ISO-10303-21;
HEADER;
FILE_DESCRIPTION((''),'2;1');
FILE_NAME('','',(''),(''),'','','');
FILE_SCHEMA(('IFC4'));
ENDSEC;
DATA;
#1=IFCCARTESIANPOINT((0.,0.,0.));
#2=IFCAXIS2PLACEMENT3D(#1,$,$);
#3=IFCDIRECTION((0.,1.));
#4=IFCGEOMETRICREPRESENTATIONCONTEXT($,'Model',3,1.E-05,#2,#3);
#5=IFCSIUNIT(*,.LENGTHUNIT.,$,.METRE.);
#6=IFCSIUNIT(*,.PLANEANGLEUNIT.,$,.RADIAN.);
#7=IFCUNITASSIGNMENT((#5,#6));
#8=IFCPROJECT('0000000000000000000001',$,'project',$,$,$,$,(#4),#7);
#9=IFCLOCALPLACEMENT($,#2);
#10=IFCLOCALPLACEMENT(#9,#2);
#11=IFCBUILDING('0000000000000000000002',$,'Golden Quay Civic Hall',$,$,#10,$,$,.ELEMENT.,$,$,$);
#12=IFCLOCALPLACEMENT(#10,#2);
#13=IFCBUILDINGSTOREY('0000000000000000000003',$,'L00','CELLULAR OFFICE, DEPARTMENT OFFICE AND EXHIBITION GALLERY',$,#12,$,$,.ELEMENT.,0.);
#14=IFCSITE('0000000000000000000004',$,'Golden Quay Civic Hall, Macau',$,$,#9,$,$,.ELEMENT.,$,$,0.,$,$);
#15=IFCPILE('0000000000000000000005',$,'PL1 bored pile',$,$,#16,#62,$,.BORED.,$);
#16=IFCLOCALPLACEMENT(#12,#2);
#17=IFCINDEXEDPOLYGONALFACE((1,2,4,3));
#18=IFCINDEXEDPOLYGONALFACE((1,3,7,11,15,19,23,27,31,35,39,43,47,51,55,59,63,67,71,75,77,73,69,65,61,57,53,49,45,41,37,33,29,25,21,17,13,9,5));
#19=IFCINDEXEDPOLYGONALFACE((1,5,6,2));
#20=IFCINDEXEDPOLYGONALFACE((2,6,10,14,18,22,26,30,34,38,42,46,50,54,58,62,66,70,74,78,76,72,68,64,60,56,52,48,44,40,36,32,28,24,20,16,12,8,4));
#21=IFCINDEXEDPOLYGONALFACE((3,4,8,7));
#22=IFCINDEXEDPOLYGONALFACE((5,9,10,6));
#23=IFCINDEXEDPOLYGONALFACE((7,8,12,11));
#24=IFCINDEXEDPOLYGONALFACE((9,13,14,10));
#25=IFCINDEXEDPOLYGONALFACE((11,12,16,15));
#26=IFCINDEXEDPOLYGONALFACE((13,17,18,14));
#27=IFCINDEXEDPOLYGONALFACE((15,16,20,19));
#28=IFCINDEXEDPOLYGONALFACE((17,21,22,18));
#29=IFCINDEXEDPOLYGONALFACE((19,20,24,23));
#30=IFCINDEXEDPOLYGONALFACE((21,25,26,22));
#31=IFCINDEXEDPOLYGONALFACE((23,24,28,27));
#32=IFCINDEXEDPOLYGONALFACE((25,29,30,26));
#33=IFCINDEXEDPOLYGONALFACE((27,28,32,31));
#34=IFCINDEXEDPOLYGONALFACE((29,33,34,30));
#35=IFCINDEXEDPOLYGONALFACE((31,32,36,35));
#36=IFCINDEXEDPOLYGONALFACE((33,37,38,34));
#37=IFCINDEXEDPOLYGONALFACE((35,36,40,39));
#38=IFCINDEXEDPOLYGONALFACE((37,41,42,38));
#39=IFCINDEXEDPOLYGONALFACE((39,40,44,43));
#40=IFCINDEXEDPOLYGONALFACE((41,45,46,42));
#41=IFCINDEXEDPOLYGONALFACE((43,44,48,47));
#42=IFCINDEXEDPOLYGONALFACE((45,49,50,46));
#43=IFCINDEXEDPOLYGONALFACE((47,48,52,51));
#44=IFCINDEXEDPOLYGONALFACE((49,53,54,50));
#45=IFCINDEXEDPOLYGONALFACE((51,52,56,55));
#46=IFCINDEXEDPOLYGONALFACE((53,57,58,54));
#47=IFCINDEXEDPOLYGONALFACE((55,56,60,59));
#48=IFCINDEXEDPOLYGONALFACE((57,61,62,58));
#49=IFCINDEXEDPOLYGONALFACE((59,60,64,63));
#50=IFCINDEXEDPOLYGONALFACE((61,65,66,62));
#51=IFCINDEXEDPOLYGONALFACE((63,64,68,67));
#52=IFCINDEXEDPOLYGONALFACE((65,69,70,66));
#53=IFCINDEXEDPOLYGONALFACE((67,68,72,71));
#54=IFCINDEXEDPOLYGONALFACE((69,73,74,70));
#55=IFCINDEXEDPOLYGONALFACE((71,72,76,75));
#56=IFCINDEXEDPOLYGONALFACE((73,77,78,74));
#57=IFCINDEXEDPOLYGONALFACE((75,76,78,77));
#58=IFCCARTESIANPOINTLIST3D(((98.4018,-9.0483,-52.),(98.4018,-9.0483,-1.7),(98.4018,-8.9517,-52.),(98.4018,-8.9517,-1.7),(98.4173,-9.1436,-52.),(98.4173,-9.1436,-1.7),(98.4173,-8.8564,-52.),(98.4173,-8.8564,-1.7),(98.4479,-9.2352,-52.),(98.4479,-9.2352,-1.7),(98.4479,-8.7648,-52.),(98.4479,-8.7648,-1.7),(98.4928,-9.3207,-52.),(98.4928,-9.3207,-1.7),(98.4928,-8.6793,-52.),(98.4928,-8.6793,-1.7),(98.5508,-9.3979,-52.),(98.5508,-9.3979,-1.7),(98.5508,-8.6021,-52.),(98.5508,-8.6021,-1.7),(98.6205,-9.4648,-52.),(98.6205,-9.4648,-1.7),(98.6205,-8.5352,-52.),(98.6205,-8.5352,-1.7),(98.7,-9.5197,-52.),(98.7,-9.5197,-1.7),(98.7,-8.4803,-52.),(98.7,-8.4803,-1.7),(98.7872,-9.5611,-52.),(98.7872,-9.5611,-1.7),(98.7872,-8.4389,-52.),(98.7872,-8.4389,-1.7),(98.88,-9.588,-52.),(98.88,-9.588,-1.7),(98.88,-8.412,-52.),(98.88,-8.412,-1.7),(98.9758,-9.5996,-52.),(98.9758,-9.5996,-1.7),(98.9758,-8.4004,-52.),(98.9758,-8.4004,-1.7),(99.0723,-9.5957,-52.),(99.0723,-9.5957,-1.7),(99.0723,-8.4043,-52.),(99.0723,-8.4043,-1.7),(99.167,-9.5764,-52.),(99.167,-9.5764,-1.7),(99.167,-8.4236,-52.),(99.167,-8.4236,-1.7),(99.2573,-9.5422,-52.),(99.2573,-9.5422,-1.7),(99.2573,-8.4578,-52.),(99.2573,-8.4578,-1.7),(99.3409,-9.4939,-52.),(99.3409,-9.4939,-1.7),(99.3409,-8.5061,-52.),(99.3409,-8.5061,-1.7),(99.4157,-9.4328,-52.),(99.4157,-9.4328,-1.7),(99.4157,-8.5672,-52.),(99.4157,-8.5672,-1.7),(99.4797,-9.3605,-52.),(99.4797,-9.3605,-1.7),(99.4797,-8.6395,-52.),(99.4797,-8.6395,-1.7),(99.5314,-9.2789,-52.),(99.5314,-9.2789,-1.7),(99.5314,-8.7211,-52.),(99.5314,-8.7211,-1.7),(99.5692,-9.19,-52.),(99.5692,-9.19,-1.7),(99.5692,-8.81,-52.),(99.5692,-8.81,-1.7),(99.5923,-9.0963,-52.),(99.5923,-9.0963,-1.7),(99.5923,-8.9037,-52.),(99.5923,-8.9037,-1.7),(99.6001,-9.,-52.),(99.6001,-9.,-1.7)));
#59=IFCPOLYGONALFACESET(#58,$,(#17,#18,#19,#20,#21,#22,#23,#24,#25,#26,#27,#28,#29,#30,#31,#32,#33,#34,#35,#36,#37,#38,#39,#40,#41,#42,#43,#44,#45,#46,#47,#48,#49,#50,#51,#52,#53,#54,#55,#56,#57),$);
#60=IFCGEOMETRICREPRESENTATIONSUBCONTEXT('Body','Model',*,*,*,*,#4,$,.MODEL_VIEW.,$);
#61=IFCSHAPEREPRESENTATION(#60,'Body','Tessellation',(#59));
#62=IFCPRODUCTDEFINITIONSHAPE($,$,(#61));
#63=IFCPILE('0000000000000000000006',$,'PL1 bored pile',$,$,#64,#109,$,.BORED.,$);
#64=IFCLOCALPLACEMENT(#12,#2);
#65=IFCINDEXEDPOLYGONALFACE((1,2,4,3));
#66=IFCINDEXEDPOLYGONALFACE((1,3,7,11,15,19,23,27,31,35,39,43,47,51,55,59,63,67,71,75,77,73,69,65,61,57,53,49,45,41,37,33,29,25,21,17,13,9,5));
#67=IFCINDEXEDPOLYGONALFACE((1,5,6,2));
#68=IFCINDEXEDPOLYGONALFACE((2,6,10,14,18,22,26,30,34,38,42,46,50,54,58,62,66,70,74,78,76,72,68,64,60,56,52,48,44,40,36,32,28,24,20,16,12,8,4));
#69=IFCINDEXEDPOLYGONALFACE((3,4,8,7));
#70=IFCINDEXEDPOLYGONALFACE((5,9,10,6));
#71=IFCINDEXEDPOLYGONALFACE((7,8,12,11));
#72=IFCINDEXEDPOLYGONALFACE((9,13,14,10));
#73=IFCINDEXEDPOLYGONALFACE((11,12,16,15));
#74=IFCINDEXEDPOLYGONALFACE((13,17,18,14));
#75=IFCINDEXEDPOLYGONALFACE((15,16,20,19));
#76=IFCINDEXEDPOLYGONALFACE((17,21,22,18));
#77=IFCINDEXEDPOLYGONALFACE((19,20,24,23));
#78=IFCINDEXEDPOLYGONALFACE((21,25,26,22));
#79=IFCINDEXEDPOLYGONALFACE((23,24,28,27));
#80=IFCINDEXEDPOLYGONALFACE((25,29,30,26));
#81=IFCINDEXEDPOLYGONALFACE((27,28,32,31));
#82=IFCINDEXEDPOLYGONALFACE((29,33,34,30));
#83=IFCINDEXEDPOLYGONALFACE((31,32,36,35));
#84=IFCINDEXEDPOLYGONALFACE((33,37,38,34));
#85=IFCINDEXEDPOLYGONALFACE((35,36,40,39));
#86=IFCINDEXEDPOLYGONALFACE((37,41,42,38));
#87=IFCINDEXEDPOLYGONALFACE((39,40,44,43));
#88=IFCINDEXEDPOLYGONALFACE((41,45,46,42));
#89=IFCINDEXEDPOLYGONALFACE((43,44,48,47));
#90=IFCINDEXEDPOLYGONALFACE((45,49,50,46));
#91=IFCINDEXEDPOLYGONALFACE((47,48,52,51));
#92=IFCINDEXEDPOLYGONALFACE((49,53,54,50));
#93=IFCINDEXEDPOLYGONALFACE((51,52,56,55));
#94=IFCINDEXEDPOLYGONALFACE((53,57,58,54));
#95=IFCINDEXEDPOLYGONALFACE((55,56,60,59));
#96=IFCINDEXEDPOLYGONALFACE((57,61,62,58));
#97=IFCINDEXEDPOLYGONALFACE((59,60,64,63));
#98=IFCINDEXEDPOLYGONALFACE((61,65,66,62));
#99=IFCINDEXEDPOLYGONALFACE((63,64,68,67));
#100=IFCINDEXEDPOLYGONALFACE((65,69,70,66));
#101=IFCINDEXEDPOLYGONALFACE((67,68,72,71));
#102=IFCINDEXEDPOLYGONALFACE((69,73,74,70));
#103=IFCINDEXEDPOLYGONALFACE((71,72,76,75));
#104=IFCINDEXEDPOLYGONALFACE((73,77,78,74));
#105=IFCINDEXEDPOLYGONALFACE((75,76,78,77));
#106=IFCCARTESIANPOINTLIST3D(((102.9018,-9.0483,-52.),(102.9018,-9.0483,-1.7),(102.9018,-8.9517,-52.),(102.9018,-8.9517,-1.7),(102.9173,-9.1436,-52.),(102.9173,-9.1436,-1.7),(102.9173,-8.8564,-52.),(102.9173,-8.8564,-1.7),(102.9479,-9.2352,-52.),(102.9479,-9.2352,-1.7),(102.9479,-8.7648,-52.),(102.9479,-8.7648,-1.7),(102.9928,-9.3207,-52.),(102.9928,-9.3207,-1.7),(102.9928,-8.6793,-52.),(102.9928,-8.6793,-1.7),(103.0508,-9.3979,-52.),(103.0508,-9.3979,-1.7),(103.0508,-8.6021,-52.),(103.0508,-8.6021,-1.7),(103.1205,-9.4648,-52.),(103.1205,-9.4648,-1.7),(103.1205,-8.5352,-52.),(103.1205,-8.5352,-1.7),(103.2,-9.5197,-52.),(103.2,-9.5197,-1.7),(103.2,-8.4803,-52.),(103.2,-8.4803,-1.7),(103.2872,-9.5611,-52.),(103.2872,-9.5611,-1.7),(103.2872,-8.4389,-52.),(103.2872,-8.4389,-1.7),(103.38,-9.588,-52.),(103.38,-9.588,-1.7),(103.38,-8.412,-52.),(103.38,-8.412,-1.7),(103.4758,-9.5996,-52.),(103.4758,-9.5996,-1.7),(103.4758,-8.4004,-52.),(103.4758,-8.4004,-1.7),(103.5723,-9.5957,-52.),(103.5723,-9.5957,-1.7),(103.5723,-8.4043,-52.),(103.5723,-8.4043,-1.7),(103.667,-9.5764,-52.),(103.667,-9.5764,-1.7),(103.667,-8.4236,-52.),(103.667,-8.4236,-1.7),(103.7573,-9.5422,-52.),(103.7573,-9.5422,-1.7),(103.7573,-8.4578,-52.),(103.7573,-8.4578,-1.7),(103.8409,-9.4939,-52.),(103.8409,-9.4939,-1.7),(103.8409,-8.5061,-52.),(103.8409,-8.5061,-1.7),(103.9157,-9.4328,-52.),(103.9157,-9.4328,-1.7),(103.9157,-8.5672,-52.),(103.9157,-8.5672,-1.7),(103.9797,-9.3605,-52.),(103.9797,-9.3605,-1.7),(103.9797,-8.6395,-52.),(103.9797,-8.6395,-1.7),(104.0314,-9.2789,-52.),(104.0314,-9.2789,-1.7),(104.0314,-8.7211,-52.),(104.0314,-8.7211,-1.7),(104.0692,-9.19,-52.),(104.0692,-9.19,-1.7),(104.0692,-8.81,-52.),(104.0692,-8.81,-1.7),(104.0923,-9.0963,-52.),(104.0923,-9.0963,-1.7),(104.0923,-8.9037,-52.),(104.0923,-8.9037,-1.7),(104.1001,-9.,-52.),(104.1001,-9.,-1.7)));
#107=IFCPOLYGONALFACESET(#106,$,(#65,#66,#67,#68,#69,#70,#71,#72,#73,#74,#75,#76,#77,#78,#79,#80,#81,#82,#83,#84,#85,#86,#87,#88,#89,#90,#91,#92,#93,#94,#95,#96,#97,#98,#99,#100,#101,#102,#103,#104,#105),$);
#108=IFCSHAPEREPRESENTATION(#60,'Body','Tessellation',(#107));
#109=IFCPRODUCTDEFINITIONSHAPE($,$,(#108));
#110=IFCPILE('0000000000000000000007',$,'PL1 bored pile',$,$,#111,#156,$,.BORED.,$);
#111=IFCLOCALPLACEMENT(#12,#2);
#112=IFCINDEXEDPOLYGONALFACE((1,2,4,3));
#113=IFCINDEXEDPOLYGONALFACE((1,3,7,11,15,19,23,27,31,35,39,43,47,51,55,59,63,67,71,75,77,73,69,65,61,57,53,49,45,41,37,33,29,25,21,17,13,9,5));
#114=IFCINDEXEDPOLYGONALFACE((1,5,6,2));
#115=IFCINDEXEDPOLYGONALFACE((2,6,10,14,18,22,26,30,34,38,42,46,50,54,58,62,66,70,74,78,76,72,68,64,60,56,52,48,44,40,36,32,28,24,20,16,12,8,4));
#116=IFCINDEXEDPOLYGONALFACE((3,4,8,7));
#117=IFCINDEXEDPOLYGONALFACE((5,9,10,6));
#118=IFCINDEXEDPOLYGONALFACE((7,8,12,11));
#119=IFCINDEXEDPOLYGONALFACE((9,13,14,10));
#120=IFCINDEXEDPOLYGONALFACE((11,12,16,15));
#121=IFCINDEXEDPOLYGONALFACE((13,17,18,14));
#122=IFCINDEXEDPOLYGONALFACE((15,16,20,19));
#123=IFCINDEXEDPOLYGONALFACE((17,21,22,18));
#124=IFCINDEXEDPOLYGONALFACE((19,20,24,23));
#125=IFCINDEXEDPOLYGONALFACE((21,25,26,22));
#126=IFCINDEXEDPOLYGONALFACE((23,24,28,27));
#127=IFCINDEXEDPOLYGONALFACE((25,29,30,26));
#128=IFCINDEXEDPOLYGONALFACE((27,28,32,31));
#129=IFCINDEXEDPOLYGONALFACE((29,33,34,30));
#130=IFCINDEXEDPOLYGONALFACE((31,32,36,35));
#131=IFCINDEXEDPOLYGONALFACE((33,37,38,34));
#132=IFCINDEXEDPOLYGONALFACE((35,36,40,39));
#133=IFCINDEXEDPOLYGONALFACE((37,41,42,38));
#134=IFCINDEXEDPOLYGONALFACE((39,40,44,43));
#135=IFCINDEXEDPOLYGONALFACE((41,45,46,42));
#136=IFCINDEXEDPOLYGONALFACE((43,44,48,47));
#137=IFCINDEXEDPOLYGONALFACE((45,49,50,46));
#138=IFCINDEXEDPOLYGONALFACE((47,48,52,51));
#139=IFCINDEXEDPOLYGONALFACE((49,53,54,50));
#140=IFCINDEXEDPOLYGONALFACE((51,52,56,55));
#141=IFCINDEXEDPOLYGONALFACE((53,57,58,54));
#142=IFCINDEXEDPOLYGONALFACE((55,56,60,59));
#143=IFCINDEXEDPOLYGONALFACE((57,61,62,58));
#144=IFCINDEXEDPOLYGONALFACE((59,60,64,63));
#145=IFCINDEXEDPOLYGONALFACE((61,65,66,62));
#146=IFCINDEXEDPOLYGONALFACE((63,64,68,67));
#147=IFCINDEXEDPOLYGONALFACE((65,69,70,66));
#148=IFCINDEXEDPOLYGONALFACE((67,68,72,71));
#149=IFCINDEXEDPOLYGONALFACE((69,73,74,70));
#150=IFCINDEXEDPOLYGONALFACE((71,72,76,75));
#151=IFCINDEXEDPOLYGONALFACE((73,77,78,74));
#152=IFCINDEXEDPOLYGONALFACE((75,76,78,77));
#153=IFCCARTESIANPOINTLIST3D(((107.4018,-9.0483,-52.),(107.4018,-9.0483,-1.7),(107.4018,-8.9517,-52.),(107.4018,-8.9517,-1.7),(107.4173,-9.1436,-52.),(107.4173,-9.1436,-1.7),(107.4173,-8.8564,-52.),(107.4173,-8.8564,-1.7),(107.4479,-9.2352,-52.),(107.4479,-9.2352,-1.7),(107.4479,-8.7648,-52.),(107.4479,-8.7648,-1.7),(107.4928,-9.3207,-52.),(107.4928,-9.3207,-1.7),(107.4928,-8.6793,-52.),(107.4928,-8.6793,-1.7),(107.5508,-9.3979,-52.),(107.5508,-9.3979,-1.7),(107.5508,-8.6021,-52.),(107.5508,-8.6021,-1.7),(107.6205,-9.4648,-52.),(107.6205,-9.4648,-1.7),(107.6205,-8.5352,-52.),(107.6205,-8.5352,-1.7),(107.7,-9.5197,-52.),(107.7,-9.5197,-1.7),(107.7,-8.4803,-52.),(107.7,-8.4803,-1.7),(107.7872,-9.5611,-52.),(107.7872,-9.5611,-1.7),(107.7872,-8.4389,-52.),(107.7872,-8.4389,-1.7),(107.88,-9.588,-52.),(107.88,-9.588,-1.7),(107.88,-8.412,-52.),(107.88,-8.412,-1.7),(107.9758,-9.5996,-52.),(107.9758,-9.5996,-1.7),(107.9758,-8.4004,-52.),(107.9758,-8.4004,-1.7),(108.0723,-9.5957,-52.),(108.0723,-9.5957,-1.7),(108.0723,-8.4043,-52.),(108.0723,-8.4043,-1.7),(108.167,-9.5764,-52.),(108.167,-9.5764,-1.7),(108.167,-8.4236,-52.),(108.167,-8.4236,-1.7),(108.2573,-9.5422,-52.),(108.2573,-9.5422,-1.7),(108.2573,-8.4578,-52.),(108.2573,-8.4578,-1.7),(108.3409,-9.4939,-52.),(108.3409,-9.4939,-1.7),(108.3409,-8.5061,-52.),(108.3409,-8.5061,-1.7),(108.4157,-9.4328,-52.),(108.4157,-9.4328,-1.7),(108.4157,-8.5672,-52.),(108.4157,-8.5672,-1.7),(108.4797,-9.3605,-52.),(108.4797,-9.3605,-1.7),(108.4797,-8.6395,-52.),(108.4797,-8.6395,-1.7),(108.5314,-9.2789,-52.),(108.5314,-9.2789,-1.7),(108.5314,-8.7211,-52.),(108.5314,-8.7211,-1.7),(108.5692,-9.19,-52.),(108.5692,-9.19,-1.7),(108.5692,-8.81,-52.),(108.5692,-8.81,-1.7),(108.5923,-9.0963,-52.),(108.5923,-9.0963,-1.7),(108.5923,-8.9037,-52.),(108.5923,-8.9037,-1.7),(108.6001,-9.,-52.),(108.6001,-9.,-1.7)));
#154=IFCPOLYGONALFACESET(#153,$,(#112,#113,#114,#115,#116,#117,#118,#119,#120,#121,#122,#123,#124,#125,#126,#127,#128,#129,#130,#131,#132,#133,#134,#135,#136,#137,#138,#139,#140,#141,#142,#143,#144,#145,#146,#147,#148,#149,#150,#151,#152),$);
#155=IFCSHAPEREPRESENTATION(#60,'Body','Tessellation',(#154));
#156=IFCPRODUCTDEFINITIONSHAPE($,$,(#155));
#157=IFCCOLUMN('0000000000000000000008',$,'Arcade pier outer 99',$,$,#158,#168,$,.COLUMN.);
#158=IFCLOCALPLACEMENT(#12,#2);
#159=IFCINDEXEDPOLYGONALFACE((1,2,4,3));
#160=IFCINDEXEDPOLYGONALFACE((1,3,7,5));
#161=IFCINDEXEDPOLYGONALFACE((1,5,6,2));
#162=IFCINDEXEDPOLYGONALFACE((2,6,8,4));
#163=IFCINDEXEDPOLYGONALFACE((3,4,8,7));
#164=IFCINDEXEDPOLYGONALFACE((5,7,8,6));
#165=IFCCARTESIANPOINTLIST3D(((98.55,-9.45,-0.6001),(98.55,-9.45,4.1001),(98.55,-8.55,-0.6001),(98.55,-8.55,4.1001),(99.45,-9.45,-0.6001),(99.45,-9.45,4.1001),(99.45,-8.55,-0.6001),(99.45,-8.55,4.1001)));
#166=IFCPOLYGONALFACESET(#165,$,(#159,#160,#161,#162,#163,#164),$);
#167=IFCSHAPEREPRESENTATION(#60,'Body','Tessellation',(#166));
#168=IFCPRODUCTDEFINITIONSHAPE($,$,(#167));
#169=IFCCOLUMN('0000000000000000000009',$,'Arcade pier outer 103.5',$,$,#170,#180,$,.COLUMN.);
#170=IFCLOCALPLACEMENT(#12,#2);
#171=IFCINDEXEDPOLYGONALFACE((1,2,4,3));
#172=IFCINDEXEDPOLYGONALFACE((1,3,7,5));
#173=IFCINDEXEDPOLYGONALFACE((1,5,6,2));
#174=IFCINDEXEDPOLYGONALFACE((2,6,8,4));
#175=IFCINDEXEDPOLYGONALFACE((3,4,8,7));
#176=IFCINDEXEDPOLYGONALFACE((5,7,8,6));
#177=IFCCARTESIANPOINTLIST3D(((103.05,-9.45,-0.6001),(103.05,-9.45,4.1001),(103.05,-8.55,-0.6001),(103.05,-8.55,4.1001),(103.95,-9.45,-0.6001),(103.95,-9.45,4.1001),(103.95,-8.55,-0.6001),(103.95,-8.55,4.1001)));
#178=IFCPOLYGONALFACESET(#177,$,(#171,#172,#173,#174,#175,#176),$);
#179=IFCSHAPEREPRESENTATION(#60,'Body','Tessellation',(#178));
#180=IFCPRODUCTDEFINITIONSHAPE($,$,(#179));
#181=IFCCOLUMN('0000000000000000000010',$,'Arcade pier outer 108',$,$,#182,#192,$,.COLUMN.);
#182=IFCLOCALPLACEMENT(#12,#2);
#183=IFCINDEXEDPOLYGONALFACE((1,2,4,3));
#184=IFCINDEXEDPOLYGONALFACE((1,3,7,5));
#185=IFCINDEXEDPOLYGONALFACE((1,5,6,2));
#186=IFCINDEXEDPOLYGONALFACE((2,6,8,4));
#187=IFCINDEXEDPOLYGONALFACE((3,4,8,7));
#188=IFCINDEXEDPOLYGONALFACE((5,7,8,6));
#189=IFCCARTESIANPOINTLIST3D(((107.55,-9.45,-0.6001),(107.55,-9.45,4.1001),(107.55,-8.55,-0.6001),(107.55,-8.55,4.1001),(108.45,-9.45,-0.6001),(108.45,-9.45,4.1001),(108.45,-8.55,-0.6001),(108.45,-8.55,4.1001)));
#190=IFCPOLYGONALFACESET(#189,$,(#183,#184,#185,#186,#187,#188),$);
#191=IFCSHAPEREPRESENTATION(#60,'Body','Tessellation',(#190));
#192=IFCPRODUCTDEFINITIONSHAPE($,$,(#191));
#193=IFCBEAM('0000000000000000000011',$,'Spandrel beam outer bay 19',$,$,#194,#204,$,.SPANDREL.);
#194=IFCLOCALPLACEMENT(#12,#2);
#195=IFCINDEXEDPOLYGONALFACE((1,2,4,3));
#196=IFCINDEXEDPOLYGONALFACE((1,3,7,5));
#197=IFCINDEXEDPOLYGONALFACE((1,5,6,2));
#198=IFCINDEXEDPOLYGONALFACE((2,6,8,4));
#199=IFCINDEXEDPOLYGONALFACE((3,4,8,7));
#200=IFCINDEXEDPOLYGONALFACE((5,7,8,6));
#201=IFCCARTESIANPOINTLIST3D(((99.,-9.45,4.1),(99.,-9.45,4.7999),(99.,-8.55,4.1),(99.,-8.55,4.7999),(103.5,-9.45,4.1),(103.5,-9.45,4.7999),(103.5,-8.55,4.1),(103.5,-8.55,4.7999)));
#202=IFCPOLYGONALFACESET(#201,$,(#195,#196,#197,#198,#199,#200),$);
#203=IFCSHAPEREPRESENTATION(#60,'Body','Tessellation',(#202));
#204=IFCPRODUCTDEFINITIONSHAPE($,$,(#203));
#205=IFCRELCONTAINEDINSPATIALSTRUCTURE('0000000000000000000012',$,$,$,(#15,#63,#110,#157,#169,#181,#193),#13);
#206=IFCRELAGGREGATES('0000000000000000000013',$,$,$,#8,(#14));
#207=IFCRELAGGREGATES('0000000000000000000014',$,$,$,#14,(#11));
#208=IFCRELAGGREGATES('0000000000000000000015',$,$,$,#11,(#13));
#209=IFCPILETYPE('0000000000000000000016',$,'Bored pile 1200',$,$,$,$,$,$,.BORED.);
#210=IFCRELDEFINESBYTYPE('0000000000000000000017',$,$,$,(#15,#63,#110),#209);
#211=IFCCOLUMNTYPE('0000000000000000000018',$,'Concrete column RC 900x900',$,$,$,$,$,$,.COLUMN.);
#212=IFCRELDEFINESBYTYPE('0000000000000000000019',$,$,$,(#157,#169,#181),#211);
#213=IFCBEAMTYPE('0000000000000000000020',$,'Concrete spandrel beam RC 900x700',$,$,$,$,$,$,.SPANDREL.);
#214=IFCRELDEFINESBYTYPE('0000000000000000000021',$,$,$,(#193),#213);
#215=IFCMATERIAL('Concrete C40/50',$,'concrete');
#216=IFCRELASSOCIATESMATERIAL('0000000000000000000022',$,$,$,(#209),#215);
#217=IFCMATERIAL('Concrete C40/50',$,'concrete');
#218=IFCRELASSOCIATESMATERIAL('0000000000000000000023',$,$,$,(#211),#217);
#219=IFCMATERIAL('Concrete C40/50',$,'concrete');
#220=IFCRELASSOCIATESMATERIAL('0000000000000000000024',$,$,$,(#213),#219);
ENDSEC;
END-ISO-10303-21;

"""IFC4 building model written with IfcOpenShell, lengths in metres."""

from ifc_helpers import new_model, si_unit, direction, frame, origin, origin_2d, place, context, subcontext, project, spatial, rectangle, circle, extrude, material, material_profile, profile_set, type_object, element, save


model = new_model("IFC4")

# Units and contexts
model_context = context("Model", 3, precision=1e-05, world=origin(), true_north=direction((0.0, 1.0)))
body_context = subcontext(model_context, "Body", "Model", "MODEL_VIEW")
ifc_project = project(units=[si_unit("LENGTHUNIT", "METRE"), si_unit("PLANEANGLEUNIT", "RADIAN")], contexts=[model_context])

# Site, building, storey
site_placement = place(None, origin())
site = spatial("IfcSite", under=ifc_project, at=site_placement, Name="Golden Quay Civic Hall, Macau", CompositionType="ELEMENT", RefElevation=0.0)
building_placement = place(site_placement, origin())
building = spatial("IfcBuilding", under=site, at=building_placement, Name="Golden Quay Civic Hall", CompositionType="ELEMENT")
storey_placement = place(building_placement, origin())
storey = spatial("IfcBuildingStorey", under=building, at=storey_placement, Name="L00", Description="CELLULAR OFFICE, DEPARTMENT OFFICE AND EXHIBITION GALLERY", CompositionType="ELEMENT", Elevation=0.0)

# Piles
ifc_material_1 = material(Name="Concrete C40/50", Category="concrete")
ifc_material_profile_1 = material_profile(ifc_material_1, circle(Radius=0.6001, at=origin_2d()), Name="RC D1200")
ifc_profile_set_1 = profile_set([ifc_material_profile_1], Name="Concrete C40/50")
pile_type = type_object("IfcPileType", Name="Bored pile 1200", PredefinedType="BORED", material=ifc_profile_set_1)
for number, where, z_axis, x_axis, name in (
    (1, (99.0, -9.0, -1.7), (0.0, 0.0, -1.0), (1.0, 0.0, 0.0), "PL1 bored pile"),
    (2, (103.5, -9.0, -1.7), (0.0, 0.0, -1.0), (1.0, 0.0, 0.0), "PL1 bored pile"),
    (3, (108.0, -9.0, -1.7), (0.0, 0.0, -1.0), (1.0, 0.0, 0.0), "PL1 bored pile"),
):
    element("IfcPile", number, at=place(storey_placement, frame(where, z_axis=z_axis, x_axis=x_axis)), inside=storey, type_object=pile_type, Name=name, PredefinedType="BORED", context=body_context, shape_type="SweptSolid", body=[
        extrude(circle(Radius=0.6001, at=origin_2d()), origin(), (0.0, 0.0, 1.0), 50.3),
    ])

# Columns
ifc_material_2 = material(Name="Concrete C40/50", Category="concrete")
ifc_material_profile_2 = material_profile(ifc_material_2, rectangle(XDim=0.8999, YDim=0.8999, at=origin_2d()), Name="RC 900x900")
ifc_profile_set_2 = profile_set([ifc_material_profile_2], Name="Concrete C40/50")
column_type = type_object("IfcColumnType", Name="Concrete column RC 900x900", PredefinedType="COLUMN", material=ifc_profile_set_2)
for number, where, z_axis, x_axis, name in (
    (4, (99.0, -9.0, -0.6001), (0.0, 0.0, 1.0), (1.0, 0.0, 0.0), "Arcade pier outer 99"),
    (5, (103.5, -9.0, -0.6001), (0.0, 0.0, 1.0), (1.0, 0.0, 0.0), "Arcade pier outer 103.5"),
    (6, (108.0, -9.0, -0.6001), (0.0, 0.0, 1.0), (1.0, 0.0, 0.0), "Arcade pier outer 108"),
):
    element("IfcColumn", number, at=place(storey_placement, frame(where, z_axis=z_axis, x_axis=x_axis)), inside=storey, type_object=column_type, Name=name, PredefinedType="COLUMN", context=body_context, shape_type="SweptSolid", body=[
        extrude(rectangle(XDim=0.8999, YDim=0.8999, at=origin_2d()), origin(), (0.0, 0.0, 1.0), 4.7002),
    ])

# Beam
ifc_material_3 = material(Name="Concrete C40/50", Category="concrete")
ifc_material_profile_3 = material_profile(ifc_material_3, rectangle(XDim=0.8999, YDim=0.7, at=origin_2d()), Name="RC 900x700")
ifc_profile_set_3 = profile_set([ifc_material_profile_3], Name="Concrete C40/50")
beam_type_1 = type_object("IfcBeamType", Name="Concrete spandrel beam RC 900x700", PredefinedType="SPANDREL", material=ifc_profile_set_3)
for number, where, z_axis, x_axis, name in (
    (7, (99.0, -9.0, 4.45), (1.0, 0.0, 0.0), (0.0, 1.0, 0.0), "Spandrel beam outer bay 19"),
):
    element("IfcBeam", number, at=place(storey_placement, frame(where, z_axis=z_axis, x_axis=x_axis)), inside=storey, type_object=beam_type_1, Name=name, PredefinedType="SPANDREL", context=body_context, shape_type="SweptSolid", body=[
        extrude(rectangle(XDim=0.8999, YDim=0.7, at=origin_2d()), origin(), (0.0, 0.0, 1.0), 4.5),
    ])

save(model, "model.ifc")
